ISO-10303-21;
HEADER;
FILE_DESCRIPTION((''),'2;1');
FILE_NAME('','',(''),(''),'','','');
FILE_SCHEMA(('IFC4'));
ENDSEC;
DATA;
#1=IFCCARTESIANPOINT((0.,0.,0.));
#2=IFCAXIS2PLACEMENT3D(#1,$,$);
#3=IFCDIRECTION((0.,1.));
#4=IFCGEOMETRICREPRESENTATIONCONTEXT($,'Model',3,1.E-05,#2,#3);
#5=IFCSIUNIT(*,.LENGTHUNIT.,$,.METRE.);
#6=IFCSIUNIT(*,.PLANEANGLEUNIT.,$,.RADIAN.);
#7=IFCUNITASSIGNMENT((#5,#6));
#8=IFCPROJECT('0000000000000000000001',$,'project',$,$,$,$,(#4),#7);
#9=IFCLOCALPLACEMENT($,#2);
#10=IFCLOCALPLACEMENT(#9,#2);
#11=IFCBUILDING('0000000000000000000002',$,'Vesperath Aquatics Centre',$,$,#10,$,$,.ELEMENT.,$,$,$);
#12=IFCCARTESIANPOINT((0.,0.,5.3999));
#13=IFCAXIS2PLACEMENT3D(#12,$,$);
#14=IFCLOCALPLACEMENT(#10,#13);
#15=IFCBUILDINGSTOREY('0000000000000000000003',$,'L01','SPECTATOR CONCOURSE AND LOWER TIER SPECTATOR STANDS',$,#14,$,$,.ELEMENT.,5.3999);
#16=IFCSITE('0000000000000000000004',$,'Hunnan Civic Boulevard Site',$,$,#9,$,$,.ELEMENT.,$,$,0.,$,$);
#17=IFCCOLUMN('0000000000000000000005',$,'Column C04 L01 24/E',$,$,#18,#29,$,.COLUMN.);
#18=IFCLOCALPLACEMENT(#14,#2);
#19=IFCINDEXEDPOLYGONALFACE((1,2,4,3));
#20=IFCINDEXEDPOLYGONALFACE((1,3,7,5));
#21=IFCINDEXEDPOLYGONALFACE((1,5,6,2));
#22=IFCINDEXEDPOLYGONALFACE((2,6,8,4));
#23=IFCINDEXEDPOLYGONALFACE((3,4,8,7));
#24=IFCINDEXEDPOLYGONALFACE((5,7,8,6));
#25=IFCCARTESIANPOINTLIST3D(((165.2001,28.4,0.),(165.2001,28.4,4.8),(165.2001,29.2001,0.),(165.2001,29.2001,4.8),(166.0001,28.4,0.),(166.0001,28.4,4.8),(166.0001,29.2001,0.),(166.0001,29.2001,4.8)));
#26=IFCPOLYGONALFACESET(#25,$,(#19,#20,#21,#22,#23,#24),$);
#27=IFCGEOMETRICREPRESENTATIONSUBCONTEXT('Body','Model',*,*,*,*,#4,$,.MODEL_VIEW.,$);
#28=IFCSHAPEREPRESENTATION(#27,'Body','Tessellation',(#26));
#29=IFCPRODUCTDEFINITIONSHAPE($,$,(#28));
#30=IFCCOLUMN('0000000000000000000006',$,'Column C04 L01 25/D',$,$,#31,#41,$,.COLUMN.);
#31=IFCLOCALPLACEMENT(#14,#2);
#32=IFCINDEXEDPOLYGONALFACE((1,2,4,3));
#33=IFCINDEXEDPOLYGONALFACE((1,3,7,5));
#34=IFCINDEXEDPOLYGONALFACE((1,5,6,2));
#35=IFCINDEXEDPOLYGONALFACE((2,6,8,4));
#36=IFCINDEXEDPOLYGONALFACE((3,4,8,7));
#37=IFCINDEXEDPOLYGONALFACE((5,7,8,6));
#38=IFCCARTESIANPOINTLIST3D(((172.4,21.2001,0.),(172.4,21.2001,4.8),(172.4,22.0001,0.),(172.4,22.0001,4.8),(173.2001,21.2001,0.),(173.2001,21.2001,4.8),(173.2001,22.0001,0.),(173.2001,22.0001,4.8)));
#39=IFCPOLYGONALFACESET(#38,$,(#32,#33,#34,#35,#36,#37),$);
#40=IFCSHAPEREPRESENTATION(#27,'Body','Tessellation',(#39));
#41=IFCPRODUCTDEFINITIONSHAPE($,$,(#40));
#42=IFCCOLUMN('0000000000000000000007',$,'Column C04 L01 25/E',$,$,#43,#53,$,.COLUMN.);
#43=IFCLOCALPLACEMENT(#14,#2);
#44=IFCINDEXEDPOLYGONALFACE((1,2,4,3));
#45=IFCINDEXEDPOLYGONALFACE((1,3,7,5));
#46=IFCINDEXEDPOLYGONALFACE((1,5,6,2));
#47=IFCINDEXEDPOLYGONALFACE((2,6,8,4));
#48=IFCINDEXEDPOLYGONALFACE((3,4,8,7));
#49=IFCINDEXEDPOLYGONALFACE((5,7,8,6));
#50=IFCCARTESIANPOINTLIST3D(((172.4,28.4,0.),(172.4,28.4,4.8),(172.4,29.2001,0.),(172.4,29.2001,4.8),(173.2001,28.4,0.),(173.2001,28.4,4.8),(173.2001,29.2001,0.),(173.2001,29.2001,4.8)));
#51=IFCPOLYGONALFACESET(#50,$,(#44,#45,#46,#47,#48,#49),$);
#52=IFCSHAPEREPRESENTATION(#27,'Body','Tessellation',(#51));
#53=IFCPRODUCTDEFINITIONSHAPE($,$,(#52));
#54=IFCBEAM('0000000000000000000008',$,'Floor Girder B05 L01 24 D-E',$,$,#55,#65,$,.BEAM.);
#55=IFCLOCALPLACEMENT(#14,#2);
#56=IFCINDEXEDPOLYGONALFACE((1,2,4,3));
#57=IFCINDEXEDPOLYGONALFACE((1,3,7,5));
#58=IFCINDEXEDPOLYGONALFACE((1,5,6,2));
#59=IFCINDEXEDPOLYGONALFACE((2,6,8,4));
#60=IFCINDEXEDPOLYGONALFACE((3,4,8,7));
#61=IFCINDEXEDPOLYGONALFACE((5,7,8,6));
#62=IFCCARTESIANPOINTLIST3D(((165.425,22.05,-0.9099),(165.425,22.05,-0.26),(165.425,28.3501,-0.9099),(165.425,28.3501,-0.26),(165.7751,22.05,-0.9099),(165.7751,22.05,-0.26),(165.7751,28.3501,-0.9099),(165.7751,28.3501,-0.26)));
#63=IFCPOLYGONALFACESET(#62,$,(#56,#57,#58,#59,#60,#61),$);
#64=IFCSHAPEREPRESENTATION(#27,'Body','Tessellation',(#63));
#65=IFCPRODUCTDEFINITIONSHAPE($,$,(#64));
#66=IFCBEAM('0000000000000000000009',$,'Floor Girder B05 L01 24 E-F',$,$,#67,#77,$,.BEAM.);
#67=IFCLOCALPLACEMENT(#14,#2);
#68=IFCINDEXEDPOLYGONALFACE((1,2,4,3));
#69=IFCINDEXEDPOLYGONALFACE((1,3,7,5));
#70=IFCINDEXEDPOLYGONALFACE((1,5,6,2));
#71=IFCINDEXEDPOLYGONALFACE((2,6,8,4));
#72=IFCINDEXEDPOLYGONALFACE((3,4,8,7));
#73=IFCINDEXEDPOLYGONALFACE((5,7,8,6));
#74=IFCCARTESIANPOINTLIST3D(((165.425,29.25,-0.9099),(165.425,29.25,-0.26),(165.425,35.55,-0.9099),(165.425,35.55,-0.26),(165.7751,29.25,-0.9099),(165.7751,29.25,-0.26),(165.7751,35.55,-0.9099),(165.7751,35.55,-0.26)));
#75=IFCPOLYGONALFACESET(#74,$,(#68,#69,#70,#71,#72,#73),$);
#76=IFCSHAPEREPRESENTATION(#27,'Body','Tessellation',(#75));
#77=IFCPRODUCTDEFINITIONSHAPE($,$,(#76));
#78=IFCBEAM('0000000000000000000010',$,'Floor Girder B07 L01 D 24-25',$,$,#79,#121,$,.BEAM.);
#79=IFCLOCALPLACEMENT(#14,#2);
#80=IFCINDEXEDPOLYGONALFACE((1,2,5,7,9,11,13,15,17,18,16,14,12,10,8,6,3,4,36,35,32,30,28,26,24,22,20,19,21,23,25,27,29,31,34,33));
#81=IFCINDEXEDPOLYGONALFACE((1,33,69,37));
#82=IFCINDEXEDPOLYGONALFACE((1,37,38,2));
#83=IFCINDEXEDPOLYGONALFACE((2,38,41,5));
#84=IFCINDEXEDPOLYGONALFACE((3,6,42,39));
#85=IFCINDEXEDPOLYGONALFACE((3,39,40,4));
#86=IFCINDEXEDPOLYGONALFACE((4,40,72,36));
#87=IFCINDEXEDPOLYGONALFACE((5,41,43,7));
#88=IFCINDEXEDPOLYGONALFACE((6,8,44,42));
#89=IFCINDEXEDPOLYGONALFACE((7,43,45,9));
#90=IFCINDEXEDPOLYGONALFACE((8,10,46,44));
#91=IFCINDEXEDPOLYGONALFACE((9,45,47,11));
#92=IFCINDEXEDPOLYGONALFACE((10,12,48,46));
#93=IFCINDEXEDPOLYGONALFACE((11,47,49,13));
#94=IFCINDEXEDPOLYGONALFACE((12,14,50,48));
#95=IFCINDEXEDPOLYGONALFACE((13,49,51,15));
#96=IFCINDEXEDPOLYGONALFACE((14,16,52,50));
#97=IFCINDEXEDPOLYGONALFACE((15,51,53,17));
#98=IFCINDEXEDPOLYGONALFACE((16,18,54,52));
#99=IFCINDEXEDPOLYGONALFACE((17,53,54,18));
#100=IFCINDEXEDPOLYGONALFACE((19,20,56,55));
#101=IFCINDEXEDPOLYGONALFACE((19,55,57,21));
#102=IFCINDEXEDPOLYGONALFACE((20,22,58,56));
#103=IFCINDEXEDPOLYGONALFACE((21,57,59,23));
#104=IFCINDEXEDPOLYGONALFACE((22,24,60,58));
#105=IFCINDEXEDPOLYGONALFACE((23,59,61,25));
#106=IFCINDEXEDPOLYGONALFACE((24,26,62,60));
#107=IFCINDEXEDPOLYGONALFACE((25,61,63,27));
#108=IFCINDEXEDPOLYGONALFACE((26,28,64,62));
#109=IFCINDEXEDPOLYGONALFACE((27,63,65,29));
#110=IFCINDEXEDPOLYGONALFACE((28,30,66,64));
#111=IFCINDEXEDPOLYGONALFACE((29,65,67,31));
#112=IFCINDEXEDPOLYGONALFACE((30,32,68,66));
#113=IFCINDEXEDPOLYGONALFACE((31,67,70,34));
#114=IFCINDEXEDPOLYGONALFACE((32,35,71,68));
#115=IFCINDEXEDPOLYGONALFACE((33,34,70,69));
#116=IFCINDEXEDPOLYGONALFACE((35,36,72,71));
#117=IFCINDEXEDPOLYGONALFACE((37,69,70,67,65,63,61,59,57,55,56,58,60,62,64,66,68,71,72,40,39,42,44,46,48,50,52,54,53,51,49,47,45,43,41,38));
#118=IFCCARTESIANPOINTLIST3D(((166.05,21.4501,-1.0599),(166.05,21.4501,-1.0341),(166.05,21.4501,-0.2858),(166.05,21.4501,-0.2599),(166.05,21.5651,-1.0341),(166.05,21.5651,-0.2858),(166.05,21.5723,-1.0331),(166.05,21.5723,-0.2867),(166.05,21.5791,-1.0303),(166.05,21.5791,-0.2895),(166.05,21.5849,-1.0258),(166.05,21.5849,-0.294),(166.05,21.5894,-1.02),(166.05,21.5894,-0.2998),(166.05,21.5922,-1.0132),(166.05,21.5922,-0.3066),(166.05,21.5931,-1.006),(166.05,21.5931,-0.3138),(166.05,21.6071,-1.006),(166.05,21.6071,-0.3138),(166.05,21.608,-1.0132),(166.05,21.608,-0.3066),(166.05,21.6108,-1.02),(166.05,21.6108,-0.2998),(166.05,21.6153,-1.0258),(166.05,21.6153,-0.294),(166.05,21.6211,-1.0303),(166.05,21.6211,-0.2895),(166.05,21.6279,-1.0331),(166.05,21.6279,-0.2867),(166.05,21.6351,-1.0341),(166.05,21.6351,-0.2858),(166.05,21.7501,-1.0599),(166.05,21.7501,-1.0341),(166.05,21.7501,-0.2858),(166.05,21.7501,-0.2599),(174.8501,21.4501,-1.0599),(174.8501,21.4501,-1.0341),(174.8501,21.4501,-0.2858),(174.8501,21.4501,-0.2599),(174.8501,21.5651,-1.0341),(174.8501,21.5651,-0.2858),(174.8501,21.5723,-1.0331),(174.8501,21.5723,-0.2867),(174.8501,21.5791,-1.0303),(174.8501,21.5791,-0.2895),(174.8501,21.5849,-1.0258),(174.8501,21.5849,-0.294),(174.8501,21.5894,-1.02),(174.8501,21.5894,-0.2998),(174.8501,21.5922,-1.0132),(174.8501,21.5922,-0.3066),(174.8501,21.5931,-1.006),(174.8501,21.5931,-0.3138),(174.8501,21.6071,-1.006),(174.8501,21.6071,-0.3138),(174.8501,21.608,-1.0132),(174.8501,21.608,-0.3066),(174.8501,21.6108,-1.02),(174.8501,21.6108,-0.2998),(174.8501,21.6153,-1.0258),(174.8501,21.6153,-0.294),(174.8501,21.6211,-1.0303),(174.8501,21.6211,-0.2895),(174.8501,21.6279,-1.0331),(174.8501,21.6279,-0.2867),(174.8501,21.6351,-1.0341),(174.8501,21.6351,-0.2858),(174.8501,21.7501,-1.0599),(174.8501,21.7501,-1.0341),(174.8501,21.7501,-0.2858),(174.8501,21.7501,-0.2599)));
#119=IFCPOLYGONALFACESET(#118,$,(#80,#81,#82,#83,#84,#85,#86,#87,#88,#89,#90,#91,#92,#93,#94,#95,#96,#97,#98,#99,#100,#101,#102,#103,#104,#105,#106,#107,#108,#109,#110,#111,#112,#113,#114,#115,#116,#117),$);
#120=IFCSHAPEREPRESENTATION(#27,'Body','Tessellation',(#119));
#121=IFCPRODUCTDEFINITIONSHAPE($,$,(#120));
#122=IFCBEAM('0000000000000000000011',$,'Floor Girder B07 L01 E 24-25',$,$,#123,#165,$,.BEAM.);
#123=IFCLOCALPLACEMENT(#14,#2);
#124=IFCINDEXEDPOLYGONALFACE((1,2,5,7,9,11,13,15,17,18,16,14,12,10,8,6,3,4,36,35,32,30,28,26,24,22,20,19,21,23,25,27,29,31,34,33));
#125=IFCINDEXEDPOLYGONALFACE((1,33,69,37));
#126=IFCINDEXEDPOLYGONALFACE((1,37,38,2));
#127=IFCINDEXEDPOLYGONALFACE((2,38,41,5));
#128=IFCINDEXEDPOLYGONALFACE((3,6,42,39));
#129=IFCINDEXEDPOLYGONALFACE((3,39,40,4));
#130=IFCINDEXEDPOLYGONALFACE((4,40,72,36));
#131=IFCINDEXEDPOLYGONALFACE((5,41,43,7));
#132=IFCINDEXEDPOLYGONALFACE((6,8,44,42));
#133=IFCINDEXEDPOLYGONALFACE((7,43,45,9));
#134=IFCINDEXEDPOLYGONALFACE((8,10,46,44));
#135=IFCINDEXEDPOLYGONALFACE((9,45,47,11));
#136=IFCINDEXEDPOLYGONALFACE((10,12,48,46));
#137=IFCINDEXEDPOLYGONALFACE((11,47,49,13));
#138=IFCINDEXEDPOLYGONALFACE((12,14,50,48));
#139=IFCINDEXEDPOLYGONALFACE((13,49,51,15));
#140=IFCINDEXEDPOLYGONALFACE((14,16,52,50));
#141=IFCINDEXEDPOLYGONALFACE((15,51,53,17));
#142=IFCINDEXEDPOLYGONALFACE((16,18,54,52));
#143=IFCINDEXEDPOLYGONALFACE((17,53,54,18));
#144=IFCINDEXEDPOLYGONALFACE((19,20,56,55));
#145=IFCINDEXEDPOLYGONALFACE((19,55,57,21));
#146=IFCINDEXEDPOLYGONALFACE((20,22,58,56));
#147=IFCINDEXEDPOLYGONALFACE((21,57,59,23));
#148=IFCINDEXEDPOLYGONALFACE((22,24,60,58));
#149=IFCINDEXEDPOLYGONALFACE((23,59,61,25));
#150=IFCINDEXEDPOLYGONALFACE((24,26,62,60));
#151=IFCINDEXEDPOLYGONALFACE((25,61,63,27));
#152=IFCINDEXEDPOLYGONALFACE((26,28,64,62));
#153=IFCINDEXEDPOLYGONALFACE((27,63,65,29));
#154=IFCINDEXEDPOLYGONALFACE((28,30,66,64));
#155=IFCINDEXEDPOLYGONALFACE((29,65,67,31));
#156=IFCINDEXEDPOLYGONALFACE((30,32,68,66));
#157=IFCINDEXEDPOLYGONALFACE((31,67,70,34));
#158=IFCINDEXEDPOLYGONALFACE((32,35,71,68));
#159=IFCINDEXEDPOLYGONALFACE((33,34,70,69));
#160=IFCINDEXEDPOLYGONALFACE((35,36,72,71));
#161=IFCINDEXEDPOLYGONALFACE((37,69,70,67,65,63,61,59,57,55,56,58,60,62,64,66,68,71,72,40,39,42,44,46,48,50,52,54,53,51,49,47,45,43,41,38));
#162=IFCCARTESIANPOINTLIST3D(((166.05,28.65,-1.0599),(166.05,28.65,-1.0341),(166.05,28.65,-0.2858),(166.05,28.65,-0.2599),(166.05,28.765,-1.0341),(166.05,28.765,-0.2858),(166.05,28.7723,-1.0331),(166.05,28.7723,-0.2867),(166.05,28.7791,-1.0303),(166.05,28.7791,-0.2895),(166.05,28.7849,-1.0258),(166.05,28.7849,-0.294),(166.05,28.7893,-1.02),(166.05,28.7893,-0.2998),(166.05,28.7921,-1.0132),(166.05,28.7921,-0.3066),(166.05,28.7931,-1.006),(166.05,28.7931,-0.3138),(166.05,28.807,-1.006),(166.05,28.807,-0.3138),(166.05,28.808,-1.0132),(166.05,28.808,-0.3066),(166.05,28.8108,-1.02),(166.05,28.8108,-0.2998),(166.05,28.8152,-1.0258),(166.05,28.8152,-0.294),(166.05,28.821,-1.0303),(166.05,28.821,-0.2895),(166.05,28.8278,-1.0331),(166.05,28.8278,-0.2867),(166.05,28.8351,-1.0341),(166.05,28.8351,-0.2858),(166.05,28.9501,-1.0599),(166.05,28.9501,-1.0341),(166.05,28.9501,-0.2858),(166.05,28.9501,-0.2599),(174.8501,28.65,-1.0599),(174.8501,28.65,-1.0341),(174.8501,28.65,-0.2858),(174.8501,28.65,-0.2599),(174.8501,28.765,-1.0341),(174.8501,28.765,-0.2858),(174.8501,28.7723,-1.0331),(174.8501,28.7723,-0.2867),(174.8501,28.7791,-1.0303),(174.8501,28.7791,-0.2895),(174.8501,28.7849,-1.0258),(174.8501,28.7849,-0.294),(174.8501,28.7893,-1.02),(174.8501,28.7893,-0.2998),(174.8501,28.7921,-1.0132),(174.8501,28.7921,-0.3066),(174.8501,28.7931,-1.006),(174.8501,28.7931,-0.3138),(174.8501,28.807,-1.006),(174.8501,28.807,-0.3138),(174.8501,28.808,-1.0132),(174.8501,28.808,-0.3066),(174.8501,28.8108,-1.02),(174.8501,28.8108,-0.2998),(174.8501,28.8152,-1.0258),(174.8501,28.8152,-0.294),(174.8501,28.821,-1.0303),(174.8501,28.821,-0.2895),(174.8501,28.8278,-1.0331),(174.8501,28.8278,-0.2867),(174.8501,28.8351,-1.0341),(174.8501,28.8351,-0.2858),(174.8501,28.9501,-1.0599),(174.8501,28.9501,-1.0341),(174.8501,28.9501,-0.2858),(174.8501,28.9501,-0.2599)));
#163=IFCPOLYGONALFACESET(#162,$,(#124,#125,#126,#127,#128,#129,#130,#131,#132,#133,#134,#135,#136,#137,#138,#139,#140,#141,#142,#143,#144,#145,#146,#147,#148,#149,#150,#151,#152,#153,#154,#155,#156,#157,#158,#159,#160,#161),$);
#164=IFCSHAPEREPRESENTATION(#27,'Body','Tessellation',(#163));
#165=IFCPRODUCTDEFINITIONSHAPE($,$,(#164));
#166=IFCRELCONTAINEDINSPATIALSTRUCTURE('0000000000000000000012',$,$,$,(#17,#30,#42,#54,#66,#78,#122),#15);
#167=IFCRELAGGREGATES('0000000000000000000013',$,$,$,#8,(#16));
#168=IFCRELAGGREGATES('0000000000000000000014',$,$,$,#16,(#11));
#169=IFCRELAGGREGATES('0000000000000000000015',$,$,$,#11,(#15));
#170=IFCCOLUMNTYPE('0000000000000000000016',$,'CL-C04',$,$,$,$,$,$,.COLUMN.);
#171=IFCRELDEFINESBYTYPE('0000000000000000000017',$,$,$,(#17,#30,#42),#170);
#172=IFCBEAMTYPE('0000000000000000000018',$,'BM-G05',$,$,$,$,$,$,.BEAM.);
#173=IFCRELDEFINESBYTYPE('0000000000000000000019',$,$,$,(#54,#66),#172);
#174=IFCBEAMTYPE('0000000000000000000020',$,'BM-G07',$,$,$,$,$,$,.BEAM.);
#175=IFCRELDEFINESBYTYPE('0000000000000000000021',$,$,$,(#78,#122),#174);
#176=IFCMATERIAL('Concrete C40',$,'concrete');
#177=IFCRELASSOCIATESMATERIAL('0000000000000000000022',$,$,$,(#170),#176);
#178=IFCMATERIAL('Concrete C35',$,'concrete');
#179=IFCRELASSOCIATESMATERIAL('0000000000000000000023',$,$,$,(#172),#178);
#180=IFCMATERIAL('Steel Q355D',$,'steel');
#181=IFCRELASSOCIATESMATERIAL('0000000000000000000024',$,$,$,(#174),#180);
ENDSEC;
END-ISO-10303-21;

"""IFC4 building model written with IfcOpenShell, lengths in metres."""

from ifc_helpers import new_model, si_unit, direction, frame, origin, origin_2d, place, context, subcontext, project, spatial, rectangle, i_section, extrude, material, material_profile, profile_set, type_object, element, save


model = new_model("IFC4")

# Units and contexts
model_context = context("Model", 3, precision=1e-05, world=origin(), true_north=direction((0.0, 1.0)))
body_context = subcontext(model_context, "Body", "Model", "MODEL_VIEW")
ifc_project = project(units=[si_unit("LENGTHUNIT", "METRE"), si_unit("PLANEANGLEUNIT", "RADIAN")], contexts=[model_context])

# Site, building, storey
site_placement = place(None, origin())
site = spatial("IfcSite", under=ifc_project, at=site_placement, Name="Hunnan Civic Boulevard Site", CompositionType="ELEMENT", RefElevation=0.0)
building_placement = place(site_placement, origin())
building = spatial("IfcBuilding", under=site, at=building_placement, Name="Vesperath Aquatics Centre", CompositionType="ELEMENT")
storey_placement = place(building_placement, frame((0.0, 0.0, 5.3999)))
storey = spatial("IfcBuildingStorey", under=building, at=storey_placement, Name="L01", Description="SPECTATOR CONCOURSE AND LOWER TIER SPECTATOR STANDS", CompositionType="ELEMENT", Elevation=5.3999)

# Columns
ifc_material_1 = material(Name="Concrete C40", Category="concrete")
ifc_material_profile_1 = material_profile(ifc_material_1, rectangle(XDim=0.8, YDim=0.8, at=origin_2d()), Name="RC 800x800")
ifc_profile_set_1 = profile_set([ifc_material_profile_1], Name="Concrete C40")
column_type = type_object("IfcColumnType", Name="CL-C04", PredefinedType="COLUMN", material=ifc_profile_set_1)
for number, where, z_axis, x_axis, name in (
    (1, (165.6001, 28.8, 0.0), (0.0, 0.0, 1.0), (1.0, 0.0, 0.0), "Column C04 L01 24/E"),
    (2, (172.8, 21.6001, 0.0), (0.0, 0.0, 1.0), (1.0, 0.0, 0.0), "Column C04 L01 25/D"),
    (3, (172.8, 28.8, 0.0), (0.0, 0.0, 1.0), (1.0, 0.0, 0.0), "Column C04 L01 25/E"),
):
    element("IfcColumn", number, at=place(storey_placement, frame(where, z_axis=z_axis, x_axis=x_axis)), inside=storey, type_object=column_type, Name=name, PredefinedType="COLUMN", context=body_context, shape_type="SweptSolid", body=[
        extrude(rectangle(XDim=0.8, YDim=0.8, at=origin_2d()), origin(), (0.0, 0.0, 1.0), 4.8),
    ])

# Beams
ifc_material_2 = material(Name="Concrete C35", Category="concrete")
ifc_material_profile_2 = material_profile(ifc_material_2, rectangle(XDim=0.3501, YDim=0.6499, at=origin_2d()), Name="RC 350x650")
ifc_profile_set_2 = profile_set([ifc_material_profile_2], Name="Concrete C35")
beam_type_1 = type_object("IfcBeamType", Name="BM-G05", PredefinedType="BEAM", material=ifc_profile_set_2)
for number, where, z_axis, x_axis, name in (
    (4, (165.6001, 22.05, -0.585), (0.0, 1.0, 0.0), (-1.0, 0.0, 0.0), "Floor Girder B05 L01 24 D-E"),
    (5, (165.6001, 29.25, -0.585), (0.0, 1.0, 0.0), (-1.0, 0.0, 0.0), "Floor Girder B05 L01 24 E-F"),
):
    element("IfcBeam", number, at=place(storey_placement, frame(where, z_axis=z_axis, x_axis=x_axis)), inside=storey, type_object=beam_type_1, Name=name, PredefinedType="BEAM", context=body_context, shape_type="SweptSolid", body=[
        extrude(rectangle(XDim=0.3501, YDim=0.6499, at=origin_2d()), origin(), (0.0, 0.0, 1.0), 6.3),
    ])
ifc_material_3 = material(Name="Steel Q355D", Category="steel")
ifc_material_profile_3 = material_profile(ifc_material_3, i_section(OverallWidth=0.3, OverallDepth=0.8, WebThickness=0.0139, FlangeThickness=0.0259, FilletRadius=0.0281, at=origin_2d()), Name="HN 800x300x14x26")
ifc_profile_set_3 = profile_set([ifc_material_profile_3], Name="Steel Q355D")
beam_type_2 = type_object("IfcBeamType", Name="BM-G07", PredefinedType="BEAM", material=ifc_profile_set_3)
for number, where, z_axis, x_axis, name in (
    (6, (166.05, 21.6001, -0.6599), (1.0, 0.0, 0.0), (0.0, 1.0, 0.0), "Floor Girder B07 L01 D 24-25"),
    (7, (166.05, 28.8, -0.6599), (1.0, 0.0, 0.0), (0.0, 1.0, 0.0), "Floor Girder B07 L01 E 24-25"),
):
    element("IfcBeam", number, at=place(storey_placement, frame(where, z_axis=z_axis, x_axis=x_axis)), inside=storey, type_object=beam_type_2, Name=name, PredefinedType="BEAM", context=body_context, shape_type="SweptSolid", body=[
        extrude(i_section(OverallWidth=0.3, OverallDepth=0.8, WebThickness=0.0139, FlangeThickness=0.0259, FilletRadius=0.0281, at=origin_2d()), origin(), (0.0, 0.0, 1.0), 8.8),
    ])

save(model, "model.ifc")
